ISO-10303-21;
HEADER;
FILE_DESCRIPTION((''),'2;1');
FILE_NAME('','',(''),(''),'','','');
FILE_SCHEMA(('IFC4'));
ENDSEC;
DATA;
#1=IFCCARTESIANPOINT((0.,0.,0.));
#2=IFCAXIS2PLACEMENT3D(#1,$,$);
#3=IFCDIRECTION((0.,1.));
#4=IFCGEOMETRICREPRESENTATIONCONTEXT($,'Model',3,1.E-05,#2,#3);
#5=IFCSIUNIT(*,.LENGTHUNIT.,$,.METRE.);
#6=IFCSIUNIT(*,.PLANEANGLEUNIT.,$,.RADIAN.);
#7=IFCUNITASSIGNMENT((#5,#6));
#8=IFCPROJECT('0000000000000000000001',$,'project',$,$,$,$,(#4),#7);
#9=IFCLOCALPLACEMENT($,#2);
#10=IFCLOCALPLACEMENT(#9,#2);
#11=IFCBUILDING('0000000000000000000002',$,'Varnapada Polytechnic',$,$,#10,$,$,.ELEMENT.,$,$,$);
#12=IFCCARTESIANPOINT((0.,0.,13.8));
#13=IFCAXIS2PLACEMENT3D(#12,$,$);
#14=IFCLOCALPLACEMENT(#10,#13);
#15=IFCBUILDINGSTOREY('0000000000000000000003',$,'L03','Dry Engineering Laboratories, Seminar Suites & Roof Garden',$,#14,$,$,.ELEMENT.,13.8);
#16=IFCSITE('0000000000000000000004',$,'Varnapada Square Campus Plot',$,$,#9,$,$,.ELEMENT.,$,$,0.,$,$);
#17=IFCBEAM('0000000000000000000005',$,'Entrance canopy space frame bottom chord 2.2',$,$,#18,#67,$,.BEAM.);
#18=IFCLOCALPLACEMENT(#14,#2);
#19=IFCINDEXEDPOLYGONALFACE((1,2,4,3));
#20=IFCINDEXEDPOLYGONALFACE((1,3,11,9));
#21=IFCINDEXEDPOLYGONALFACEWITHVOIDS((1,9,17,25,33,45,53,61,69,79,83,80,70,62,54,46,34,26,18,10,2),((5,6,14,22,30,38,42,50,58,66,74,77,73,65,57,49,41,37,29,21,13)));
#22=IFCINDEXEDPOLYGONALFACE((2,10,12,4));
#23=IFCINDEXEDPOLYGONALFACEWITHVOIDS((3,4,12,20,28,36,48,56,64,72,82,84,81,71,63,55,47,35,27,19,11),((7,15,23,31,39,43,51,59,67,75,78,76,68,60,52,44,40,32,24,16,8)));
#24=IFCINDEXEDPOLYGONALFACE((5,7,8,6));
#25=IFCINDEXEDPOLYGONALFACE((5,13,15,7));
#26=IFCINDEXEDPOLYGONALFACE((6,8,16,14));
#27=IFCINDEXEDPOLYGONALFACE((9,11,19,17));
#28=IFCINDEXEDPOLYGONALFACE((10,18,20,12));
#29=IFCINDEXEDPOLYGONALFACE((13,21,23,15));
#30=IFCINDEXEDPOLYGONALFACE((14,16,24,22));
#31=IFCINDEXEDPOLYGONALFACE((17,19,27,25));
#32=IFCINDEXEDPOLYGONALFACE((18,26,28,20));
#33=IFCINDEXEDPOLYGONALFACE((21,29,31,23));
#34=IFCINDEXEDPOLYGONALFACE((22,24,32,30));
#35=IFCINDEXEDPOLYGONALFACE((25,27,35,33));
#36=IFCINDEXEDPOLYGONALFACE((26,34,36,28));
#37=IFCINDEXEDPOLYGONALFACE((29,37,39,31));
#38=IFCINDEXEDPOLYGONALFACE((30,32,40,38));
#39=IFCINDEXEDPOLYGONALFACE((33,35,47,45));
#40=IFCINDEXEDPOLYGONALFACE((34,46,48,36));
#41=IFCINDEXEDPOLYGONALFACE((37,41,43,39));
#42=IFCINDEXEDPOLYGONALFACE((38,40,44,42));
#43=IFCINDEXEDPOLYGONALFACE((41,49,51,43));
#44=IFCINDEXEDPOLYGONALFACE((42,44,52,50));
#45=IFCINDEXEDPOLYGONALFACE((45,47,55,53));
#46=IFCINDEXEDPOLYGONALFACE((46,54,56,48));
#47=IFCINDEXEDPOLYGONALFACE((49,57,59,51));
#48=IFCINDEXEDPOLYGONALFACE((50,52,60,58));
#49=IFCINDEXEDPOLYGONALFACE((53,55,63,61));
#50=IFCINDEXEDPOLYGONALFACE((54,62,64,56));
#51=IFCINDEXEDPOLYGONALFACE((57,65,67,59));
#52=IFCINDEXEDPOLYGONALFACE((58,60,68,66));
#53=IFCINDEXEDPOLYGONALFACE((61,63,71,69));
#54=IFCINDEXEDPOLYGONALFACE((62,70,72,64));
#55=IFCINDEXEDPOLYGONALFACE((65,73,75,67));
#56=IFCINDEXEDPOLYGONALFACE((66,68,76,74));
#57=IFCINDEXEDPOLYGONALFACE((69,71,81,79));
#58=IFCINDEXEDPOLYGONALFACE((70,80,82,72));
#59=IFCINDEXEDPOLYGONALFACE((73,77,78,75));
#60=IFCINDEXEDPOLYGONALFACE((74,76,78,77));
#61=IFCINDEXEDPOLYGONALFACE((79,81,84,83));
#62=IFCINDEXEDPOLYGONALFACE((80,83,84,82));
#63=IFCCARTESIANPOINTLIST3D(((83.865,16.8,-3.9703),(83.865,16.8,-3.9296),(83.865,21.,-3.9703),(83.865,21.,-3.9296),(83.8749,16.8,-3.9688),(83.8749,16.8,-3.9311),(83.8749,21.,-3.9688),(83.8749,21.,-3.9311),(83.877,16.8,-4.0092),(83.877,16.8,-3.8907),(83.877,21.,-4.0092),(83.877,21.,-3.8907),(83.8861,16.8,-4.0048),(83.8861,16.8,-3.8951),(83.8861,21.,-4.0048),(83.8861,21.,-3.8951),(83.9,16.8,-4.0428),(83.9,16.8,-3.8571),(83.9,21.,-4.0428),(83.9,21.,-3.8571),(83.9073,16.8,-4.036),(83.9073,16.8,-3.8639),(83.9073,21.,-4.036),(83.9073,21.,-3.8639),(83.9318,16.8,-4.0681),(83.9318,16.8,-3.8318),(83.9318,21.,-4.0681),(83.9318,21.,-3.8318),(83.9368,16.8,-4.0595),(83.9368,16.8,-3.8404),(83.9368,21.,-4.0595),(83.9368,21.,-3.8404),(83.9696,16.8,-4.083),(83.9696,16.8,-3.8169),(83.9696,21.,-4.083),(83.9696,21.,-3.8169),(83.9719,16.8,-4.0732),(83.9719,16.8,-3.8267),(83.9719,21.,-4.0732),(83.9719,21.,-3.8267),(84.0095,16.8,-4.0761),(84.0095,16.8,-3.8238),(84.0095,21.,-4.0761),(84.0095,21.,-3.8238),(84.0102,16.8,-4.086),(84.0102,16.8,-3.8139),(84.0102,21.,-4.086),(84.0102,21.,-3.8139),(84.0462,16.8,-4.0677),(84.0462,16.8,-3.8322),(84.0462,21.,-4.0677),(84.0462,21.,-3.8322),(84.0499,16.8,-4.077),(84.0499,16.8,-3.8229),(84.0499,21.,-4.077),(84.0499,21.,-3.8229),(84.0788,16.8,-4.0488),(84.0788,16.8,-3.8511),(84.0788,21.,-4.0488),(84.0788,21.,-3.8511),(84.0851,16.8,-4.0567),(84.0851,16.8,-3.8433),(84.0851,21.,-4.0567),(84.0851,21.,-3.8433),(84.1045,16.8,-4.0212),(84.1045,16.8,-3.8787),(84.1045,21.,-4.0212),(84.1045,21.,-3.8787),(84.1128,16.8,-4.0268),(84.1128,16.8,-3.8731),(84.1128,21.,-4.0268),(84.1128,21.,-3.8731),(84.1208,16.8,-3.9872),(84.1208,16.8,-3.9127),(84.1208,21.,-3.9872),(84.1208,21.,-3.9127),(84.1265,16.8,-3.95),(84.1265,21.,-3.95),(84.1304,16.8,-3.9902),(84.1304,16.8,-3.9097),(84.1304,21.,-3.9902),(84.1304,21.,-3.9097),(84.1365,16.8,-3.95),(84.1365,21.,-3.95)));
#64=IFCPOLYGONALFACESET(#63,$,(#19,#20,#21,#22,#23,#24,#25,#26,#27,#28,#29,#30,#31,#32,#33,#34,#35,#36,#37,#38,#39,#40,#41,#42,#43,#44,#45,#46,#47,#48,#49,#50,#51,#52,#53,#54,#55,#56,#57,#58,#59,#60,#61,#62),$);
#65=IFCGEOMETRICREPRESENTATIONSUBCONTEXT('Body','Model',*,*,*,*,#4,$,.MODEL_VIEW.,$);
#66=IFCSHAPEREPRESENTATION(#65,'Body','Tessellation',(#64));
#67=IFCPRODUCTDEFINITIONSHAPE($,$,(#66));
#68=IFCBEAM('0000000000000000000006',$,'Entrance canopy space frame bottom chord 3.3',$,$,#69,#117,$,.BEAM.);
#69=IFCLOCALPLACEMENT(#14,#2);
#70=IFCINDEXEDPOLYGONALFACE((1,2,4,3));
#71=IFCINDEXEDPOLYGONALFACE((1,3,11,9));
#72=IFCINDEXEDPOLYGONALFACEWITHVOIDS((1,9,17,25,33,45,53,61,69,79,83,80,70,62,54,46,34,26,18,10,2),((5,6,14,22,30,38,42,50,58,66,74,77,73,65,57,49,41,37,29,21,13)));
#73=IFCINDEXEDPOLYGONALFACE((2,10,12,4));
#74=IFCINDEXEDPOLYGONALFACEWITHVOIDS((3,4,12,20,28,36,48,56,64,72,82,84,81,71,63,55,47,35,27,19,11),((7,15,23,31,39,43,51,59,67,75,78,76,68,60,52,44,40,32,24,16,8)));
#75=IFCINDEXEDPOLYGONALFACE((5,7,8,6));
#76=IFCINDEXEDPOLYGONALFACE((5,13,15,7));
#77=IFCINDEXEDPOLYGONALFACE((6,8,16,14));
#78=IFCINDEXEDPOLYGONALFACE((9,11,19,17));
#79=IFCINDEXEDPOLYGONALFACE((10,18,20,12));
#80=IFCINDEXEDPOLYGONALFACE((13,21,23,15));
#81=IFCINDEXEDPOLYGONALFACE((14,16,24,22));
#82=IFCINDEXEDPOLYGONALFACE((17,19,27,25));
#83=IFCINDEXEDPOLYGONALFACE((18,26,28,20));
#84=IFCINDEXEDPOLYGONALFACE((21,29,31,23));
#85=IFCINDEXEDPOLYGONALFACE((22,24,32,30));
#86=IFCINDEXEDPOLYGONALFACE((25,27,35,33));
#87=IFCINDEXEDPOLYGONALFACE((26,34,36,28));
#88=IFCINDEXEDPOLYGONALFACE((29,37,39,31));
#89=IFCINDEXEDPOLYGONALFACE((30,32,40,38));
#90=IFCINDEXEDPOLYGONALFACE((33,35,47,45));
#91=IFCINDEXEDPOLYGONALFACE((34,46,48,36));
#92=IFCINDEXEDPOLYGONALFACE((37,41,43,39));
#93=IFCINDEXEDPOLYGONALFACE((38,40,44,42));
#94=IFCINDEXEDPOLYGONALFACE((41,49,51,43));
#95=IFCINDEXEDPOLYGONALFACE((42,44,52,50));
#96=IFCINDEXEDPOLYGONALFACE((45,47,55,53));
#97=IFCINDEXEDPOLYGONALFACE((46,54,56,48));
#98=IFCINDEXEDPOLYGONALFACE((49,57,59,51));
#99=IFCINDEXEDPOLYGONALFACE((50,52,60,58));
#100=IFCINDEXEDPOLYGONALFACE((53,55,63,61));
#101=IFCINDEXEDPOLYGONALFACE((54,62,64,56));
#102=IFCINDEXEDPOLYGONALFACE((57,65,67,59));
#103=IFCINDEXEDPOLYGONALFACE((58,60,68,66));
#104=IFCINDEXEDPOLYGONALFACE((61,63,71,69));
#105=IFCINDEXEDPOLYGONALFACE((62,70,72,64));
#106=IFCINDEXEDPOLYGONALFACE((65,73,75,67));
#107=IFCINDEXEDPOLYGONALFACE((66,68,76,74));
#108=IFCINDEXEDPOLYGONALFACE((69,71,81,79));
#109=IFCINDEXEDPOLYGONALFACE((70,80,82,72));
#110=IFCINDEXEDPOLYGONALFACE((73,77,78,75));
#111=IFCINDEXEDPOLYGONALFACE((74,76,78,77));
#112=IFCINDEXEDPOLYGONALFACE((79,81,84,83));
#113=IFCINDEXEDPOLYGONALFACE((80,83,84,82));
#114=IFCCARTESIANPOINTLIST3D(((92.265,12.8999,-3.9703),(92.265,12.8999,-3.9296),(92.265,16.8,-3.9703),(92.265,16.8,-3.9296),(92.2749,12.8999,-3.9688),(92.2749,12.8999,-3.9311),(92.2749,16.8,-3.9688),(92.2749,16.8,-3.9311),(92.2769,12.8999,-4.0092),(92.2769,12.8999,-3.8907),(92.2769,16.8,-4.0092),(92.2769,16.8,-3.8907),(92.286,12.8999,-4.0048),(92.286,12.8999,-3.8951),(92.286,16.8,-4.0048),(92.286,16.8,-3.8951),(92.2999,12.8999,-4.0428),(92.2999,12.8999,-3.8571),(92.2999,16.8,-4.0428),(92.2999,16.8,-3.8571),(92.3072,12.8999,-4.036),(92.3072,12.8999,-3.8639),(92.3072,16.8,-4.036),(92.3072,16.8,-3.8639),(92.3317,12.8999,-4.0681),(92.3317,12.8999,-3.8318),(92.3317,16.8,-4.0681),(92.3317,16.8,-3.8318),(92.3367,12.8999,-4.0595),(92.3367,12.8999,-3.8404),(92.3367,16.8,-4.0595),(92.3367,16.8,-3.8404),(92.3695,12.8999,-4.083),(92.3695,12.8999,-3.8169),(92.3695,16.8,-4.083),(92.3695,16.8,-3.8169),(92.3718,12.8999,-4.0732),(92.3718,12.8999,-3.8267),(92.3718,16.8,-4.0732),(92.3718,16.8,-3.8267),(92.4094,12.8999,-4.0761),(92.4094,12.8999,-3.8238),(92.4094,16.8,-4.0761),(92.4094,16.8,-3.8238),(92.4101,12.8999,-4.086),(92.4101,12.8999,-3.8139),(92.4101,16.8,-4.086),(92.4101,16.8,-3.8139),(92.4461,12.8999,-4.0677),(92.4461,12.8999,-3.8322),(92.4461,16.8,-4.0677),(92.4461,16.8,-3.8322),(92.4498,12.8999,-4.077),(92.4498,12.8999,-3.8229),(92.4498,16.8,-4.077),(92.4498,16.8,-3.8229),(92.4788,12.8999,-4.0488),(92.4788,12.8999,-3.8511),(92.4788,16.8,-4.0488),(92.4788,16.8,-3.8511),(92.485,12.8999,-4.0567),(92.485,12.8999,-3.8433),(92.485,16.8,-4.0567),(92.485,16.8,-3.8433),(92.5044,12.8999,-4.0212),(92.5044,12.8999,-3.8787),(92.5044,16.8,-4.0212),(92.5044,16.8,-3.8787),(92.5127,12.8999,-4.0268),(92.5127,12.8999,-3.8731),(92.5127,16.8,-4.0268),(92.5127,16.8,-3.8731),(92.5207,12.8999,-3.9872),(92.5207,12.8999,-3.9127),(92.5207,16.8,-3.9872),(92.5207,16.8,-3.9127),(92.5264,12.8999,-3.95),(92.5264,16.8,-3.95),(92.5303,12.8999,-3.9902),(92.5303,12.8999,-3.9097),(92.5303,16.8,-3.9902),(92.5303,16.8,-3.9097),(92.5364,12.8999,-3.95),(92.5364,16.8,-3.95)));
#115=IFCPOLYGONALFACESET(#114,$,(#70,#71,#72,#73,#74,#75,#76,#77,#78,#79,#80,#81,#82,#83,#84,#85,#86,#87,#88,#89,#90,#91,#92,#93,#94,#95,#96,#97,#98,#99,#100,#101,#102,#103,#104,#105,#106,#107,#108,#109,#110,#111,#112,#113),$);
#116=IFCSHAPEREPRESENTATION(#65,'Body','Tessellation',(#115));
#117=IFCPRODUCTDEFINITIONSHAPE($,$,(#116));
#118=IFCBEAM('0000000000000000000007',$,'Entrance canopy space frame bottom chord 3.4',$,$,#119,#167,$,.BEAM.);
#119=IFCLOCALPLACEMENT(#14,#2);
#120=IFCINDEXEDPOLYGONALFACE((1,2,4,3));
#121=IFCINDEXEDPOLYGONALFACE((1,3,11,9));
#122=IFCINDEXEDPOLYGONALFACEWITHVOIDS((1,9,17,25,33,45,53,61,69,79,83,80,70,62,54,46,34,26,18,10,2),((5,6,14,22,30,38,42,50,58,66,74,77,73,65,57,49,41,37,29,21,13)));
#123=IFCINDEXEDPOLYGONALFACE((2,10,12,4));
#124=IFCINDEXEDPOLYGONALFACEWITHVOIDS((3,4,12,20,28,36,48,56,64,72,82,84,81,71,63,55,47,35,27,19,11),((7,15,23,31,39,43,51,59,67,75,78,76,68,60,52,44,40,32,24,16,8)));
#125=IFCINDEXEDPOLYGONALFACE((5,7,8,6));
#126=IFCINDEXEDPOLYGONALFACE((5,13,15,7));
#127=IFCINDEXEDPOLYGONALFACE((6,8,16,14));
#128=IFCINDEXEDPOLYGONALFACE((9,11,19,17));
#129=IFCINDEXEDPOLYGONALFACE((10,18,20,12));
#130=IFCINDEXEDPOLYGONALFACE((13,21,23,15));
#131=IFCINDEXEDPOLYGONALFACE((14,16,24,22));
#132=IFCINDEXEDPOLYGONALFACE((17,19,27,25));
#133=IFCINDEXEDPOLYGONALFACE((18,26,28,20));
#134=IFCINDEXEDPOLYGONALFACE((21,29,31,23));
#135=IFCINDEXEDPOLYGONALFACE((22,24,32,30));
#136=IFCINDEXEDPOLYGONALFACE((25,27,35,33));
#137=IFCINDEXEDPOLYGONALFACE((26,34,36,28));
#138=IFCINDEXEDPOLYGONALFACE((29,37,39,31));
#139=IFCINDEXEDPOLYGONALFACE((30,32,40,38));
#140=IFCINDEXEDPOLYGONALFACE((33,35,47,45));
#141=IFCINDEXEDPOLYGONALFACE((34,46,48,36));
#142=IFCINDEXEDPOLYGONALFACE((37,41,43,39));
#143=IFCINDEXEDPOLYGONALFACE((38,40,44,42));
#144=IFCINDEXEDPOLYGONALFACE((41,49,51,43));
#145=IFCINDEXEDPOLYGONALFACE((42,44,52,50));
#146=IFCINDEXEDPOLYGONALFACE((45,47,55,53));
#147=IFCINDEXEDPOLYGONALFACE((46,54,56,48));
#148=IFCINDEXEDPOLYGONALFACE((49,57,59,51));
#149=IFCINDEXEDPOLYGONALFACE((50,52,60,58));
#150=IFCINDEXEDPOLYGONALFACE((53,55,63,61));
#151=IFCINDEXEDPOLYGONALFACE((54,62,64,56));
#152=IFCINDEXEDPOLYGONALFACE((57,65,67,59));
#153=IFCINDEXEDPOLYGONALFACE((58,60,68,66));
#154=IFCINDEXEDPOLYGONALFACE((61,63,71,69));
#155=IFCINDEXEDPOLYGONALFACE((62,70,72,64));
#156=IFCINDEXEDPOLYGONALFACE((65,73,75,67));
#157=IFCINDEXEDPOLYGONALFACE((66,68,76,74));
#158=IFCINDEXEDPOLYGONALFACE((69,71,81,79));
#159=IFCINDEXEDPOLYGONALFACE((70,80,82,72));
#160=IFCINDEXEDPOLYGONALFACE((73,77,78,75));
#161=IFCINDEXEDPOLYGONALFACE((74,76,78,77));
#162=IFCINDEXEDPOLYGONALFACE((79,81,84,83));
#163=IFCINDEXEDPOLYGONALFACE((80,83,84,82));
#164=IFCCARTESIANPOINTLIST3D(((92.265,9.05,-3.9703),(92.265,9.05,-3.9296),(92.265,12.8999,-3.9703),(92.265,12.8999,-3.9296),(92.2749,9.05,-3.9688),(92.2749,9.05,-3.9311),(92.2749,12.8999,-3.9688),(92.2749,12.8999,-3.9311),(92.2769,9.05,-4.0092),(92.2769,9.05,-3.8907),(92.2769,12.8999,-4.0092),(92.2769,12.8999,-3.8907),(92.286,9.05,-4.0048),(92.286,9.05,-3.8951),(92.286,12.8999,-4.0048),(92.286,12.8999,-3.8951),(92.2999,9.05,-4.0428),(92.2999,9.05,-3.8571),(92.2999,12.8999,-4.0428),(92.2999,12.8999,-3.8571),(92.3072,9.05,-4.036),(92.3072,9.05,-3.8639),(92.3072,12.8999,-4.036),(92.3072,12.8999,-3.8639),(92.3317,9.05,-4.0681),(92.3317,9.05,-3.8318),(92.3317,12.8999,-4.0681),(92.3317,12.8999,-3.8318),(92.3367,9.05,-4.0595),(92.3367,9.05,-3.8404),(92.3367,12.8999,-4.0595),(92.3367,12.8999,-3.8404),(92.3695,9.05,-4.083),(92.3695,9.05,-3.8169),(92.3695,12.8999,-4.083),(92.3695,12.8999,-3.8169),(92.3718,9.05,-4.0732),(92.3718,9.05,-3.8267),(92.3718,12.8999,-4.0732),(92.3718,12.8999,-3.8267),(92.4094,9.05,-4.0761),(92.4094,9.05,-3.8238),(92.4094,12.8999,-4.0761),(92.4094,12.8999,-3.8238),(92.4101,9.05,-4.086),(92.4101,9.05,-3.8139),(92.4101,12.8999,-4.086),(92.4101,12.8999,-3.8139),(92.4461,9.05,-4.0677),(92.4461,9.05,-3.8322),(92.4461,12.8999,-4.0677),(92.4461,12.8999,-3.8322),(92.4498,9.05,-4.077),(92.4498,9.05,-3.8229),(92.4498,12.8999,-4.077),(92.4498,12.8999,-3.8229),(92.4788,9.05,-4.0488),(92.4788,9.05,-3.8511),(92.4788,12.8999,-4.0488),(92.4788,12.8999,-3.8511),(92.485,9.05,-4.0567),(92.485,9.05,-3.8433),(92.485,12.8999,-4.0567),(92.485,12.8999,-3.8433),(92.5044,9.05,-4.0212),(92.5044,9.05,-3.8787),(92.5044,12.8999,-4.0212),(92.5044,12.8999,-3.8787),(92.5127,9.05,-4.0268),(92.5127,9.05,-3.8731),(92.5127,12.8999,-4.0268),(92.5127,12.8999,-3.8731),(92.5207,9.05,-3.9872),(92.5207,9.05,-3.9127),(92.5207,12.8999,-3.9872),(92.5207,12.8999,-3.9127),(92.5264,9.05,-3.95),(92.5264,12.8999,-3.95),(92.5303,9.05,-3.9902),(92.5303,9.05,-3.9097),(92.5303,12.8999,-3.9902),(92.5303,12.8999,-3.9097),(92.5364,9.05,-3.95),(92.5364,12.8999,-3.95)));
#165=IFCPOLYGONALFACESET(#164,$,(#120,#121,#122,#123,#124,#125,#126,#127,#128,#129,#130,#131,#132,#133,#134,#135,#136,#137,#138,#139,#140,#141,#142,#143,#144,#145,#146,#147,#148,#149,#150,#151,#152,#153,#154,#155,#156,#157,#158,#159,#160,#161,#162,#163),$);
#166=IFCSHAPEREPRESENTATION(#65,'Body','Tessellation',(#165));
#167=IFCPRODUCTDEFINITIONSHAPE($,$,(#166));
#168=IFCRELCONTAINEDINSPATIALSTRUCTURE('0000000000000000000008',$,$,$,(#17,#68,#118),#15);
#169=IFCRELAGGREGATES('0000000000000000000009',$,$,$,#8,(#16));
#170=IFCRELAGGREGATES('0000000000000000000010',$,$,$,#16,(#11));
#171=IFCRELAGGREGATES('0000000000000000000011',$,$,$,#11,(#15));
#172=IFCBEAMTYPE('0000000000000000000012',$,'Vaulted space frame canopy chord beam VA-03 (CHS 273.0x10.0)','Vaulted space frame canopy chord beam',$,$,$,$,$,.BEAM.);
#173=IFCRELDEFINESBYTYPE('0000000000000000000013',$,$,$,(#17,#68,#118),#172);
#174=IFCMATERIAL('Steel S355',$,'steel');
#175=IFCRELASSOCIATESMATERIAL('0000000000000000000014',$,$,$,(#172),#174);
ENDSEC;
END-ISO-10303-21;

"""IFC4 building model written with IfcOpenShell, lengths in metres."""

from ifc_helpers import new_model, si_unit, direction, frame, origin, origin_2d, place, context, subcontext, project, spatial, hollow_circle, extrude, material, material_profile, profile_set, type_object, element, save


model = new_model("IFC4")

# Units and contexts
model_context = context("Model", 3, precision=1e-05, world=origin(), true_north=direction((0.0, 1.0)))
body_context = subcontext(model_context, "Body", "Model", "MODEL_VIEW")
ifc_project = project(units=[si_unit("LENGTHUNIT", "METRE"), si_unit("PLANEANGLEUNIT", "RADIAN")], contexts=[model_context])

# Site, building, storey
site_placement = place(None, origin())
site = spatial("IfcSite", under=ifc_project, at=site_placement, Name="Varnapada Square Campus Plot", CompositionType="ELEMENT", RefElevation=0.0)
building_placement = place(site_placement, origin())
building = spatial("IfcBuilding", under=site, at=building_placement, Name="Varnapada Polytechnic", CompositionType="ELEMENT")
storey_placement = place(building_placement, frame((0.0, 0.0, 13.8)))
storey = spatial("IfcBuildingStorey", under=building, at=storey_placement, Name="L03", Description="Dry Engineering Laboratories, Seminar Suites & Roof Garden", CompositionType="ELEMENT", Elevation=13.8)

# Shared definitions
ifc_material = material(Name="Steel S355", Category="steel")

# Beams
ifc_material_profile_1 = material_profile(ifc_material, hollow_circle(Radius=0.1365, WallThickness=0.01, at=origin_2d()), Name="CHS 273.0x10.0")
ifc_profile_set_1 = profile_set([ifc_material_profile_1], Name="Steel S355")
beam_type = type_object("IfcBeamType", Name="Vaulted space frame canopy chord beam VA-03 (CHS 273.0x10.0)", Description="Vaulted space frame canopy chord beam", PredefinedType="BEAM", material=ifc_profile_set_1)
beam_1_placement = place(storey_placement, frame((84.0, 21.0, -3.95), z_axis=(0.0, -1.0, 0.0), x_axis=(1.0, 0.0, 0.0)))
element("IfcBeam", 1, at=beam_1_placement, inside=storey, type_object=beam_type, Name="Entrance canopy space frame bottom chord 2.2", PredefinedType="BEAM", context=body_context, shape_type="SweptSolid", body=[
    extrude(hollow_circle(Radius=0.1365, WallThickness=0.01, at=origin_2d()), origin(), (0.0, 0.0, 1.0), 4.2),
])
beam_2_placement = place(storey_placement, frame((92.3999, 16.8, -3.95), z_axis=(0.0, -1.0, 0.0), x_axis=(1.0, 0.0, 0.0)))
element("IfcBeam", 2, at=beam_2_placement, inside=storey, type_object=beam_type, Name="Entrance canopy space frame bottom chord 3.3", PredefinedType="BEAM", context=body_context, shape_type="SweptSolid", body=[
    extrude(hollow_circle(Radius=0.1365, WallThickness=0.01, at=origin_2d()), origin(), (0.0, 0.0, 1.0), 3.9001),
])
for number, where, z_axis, x_axis, name in (
    (3, (92.3999, 12.8999, -3.95), (0.0, -1.0, 0.0), (1.0, 0.0, 0.0), "Entrance canopy space frame bottom chord 3.4"),
):
    element("IfcBeam", number, at=place(storey_placement, frame(where, z_axis=z_axis, x_axis=x_axis)), inside=storey, type_object=beam_type, Name=name, PredefinedType="BEAM", context=body_context, shape_type="SweptSolid", body=[
        extrude(hollow_circle(Radius=0.1365, WallThickness=0.01, at=origin_2d()), origin(), (0.0, 0.0, 1.0), 3.8499),
    ])

save(model, "model.ifc")
